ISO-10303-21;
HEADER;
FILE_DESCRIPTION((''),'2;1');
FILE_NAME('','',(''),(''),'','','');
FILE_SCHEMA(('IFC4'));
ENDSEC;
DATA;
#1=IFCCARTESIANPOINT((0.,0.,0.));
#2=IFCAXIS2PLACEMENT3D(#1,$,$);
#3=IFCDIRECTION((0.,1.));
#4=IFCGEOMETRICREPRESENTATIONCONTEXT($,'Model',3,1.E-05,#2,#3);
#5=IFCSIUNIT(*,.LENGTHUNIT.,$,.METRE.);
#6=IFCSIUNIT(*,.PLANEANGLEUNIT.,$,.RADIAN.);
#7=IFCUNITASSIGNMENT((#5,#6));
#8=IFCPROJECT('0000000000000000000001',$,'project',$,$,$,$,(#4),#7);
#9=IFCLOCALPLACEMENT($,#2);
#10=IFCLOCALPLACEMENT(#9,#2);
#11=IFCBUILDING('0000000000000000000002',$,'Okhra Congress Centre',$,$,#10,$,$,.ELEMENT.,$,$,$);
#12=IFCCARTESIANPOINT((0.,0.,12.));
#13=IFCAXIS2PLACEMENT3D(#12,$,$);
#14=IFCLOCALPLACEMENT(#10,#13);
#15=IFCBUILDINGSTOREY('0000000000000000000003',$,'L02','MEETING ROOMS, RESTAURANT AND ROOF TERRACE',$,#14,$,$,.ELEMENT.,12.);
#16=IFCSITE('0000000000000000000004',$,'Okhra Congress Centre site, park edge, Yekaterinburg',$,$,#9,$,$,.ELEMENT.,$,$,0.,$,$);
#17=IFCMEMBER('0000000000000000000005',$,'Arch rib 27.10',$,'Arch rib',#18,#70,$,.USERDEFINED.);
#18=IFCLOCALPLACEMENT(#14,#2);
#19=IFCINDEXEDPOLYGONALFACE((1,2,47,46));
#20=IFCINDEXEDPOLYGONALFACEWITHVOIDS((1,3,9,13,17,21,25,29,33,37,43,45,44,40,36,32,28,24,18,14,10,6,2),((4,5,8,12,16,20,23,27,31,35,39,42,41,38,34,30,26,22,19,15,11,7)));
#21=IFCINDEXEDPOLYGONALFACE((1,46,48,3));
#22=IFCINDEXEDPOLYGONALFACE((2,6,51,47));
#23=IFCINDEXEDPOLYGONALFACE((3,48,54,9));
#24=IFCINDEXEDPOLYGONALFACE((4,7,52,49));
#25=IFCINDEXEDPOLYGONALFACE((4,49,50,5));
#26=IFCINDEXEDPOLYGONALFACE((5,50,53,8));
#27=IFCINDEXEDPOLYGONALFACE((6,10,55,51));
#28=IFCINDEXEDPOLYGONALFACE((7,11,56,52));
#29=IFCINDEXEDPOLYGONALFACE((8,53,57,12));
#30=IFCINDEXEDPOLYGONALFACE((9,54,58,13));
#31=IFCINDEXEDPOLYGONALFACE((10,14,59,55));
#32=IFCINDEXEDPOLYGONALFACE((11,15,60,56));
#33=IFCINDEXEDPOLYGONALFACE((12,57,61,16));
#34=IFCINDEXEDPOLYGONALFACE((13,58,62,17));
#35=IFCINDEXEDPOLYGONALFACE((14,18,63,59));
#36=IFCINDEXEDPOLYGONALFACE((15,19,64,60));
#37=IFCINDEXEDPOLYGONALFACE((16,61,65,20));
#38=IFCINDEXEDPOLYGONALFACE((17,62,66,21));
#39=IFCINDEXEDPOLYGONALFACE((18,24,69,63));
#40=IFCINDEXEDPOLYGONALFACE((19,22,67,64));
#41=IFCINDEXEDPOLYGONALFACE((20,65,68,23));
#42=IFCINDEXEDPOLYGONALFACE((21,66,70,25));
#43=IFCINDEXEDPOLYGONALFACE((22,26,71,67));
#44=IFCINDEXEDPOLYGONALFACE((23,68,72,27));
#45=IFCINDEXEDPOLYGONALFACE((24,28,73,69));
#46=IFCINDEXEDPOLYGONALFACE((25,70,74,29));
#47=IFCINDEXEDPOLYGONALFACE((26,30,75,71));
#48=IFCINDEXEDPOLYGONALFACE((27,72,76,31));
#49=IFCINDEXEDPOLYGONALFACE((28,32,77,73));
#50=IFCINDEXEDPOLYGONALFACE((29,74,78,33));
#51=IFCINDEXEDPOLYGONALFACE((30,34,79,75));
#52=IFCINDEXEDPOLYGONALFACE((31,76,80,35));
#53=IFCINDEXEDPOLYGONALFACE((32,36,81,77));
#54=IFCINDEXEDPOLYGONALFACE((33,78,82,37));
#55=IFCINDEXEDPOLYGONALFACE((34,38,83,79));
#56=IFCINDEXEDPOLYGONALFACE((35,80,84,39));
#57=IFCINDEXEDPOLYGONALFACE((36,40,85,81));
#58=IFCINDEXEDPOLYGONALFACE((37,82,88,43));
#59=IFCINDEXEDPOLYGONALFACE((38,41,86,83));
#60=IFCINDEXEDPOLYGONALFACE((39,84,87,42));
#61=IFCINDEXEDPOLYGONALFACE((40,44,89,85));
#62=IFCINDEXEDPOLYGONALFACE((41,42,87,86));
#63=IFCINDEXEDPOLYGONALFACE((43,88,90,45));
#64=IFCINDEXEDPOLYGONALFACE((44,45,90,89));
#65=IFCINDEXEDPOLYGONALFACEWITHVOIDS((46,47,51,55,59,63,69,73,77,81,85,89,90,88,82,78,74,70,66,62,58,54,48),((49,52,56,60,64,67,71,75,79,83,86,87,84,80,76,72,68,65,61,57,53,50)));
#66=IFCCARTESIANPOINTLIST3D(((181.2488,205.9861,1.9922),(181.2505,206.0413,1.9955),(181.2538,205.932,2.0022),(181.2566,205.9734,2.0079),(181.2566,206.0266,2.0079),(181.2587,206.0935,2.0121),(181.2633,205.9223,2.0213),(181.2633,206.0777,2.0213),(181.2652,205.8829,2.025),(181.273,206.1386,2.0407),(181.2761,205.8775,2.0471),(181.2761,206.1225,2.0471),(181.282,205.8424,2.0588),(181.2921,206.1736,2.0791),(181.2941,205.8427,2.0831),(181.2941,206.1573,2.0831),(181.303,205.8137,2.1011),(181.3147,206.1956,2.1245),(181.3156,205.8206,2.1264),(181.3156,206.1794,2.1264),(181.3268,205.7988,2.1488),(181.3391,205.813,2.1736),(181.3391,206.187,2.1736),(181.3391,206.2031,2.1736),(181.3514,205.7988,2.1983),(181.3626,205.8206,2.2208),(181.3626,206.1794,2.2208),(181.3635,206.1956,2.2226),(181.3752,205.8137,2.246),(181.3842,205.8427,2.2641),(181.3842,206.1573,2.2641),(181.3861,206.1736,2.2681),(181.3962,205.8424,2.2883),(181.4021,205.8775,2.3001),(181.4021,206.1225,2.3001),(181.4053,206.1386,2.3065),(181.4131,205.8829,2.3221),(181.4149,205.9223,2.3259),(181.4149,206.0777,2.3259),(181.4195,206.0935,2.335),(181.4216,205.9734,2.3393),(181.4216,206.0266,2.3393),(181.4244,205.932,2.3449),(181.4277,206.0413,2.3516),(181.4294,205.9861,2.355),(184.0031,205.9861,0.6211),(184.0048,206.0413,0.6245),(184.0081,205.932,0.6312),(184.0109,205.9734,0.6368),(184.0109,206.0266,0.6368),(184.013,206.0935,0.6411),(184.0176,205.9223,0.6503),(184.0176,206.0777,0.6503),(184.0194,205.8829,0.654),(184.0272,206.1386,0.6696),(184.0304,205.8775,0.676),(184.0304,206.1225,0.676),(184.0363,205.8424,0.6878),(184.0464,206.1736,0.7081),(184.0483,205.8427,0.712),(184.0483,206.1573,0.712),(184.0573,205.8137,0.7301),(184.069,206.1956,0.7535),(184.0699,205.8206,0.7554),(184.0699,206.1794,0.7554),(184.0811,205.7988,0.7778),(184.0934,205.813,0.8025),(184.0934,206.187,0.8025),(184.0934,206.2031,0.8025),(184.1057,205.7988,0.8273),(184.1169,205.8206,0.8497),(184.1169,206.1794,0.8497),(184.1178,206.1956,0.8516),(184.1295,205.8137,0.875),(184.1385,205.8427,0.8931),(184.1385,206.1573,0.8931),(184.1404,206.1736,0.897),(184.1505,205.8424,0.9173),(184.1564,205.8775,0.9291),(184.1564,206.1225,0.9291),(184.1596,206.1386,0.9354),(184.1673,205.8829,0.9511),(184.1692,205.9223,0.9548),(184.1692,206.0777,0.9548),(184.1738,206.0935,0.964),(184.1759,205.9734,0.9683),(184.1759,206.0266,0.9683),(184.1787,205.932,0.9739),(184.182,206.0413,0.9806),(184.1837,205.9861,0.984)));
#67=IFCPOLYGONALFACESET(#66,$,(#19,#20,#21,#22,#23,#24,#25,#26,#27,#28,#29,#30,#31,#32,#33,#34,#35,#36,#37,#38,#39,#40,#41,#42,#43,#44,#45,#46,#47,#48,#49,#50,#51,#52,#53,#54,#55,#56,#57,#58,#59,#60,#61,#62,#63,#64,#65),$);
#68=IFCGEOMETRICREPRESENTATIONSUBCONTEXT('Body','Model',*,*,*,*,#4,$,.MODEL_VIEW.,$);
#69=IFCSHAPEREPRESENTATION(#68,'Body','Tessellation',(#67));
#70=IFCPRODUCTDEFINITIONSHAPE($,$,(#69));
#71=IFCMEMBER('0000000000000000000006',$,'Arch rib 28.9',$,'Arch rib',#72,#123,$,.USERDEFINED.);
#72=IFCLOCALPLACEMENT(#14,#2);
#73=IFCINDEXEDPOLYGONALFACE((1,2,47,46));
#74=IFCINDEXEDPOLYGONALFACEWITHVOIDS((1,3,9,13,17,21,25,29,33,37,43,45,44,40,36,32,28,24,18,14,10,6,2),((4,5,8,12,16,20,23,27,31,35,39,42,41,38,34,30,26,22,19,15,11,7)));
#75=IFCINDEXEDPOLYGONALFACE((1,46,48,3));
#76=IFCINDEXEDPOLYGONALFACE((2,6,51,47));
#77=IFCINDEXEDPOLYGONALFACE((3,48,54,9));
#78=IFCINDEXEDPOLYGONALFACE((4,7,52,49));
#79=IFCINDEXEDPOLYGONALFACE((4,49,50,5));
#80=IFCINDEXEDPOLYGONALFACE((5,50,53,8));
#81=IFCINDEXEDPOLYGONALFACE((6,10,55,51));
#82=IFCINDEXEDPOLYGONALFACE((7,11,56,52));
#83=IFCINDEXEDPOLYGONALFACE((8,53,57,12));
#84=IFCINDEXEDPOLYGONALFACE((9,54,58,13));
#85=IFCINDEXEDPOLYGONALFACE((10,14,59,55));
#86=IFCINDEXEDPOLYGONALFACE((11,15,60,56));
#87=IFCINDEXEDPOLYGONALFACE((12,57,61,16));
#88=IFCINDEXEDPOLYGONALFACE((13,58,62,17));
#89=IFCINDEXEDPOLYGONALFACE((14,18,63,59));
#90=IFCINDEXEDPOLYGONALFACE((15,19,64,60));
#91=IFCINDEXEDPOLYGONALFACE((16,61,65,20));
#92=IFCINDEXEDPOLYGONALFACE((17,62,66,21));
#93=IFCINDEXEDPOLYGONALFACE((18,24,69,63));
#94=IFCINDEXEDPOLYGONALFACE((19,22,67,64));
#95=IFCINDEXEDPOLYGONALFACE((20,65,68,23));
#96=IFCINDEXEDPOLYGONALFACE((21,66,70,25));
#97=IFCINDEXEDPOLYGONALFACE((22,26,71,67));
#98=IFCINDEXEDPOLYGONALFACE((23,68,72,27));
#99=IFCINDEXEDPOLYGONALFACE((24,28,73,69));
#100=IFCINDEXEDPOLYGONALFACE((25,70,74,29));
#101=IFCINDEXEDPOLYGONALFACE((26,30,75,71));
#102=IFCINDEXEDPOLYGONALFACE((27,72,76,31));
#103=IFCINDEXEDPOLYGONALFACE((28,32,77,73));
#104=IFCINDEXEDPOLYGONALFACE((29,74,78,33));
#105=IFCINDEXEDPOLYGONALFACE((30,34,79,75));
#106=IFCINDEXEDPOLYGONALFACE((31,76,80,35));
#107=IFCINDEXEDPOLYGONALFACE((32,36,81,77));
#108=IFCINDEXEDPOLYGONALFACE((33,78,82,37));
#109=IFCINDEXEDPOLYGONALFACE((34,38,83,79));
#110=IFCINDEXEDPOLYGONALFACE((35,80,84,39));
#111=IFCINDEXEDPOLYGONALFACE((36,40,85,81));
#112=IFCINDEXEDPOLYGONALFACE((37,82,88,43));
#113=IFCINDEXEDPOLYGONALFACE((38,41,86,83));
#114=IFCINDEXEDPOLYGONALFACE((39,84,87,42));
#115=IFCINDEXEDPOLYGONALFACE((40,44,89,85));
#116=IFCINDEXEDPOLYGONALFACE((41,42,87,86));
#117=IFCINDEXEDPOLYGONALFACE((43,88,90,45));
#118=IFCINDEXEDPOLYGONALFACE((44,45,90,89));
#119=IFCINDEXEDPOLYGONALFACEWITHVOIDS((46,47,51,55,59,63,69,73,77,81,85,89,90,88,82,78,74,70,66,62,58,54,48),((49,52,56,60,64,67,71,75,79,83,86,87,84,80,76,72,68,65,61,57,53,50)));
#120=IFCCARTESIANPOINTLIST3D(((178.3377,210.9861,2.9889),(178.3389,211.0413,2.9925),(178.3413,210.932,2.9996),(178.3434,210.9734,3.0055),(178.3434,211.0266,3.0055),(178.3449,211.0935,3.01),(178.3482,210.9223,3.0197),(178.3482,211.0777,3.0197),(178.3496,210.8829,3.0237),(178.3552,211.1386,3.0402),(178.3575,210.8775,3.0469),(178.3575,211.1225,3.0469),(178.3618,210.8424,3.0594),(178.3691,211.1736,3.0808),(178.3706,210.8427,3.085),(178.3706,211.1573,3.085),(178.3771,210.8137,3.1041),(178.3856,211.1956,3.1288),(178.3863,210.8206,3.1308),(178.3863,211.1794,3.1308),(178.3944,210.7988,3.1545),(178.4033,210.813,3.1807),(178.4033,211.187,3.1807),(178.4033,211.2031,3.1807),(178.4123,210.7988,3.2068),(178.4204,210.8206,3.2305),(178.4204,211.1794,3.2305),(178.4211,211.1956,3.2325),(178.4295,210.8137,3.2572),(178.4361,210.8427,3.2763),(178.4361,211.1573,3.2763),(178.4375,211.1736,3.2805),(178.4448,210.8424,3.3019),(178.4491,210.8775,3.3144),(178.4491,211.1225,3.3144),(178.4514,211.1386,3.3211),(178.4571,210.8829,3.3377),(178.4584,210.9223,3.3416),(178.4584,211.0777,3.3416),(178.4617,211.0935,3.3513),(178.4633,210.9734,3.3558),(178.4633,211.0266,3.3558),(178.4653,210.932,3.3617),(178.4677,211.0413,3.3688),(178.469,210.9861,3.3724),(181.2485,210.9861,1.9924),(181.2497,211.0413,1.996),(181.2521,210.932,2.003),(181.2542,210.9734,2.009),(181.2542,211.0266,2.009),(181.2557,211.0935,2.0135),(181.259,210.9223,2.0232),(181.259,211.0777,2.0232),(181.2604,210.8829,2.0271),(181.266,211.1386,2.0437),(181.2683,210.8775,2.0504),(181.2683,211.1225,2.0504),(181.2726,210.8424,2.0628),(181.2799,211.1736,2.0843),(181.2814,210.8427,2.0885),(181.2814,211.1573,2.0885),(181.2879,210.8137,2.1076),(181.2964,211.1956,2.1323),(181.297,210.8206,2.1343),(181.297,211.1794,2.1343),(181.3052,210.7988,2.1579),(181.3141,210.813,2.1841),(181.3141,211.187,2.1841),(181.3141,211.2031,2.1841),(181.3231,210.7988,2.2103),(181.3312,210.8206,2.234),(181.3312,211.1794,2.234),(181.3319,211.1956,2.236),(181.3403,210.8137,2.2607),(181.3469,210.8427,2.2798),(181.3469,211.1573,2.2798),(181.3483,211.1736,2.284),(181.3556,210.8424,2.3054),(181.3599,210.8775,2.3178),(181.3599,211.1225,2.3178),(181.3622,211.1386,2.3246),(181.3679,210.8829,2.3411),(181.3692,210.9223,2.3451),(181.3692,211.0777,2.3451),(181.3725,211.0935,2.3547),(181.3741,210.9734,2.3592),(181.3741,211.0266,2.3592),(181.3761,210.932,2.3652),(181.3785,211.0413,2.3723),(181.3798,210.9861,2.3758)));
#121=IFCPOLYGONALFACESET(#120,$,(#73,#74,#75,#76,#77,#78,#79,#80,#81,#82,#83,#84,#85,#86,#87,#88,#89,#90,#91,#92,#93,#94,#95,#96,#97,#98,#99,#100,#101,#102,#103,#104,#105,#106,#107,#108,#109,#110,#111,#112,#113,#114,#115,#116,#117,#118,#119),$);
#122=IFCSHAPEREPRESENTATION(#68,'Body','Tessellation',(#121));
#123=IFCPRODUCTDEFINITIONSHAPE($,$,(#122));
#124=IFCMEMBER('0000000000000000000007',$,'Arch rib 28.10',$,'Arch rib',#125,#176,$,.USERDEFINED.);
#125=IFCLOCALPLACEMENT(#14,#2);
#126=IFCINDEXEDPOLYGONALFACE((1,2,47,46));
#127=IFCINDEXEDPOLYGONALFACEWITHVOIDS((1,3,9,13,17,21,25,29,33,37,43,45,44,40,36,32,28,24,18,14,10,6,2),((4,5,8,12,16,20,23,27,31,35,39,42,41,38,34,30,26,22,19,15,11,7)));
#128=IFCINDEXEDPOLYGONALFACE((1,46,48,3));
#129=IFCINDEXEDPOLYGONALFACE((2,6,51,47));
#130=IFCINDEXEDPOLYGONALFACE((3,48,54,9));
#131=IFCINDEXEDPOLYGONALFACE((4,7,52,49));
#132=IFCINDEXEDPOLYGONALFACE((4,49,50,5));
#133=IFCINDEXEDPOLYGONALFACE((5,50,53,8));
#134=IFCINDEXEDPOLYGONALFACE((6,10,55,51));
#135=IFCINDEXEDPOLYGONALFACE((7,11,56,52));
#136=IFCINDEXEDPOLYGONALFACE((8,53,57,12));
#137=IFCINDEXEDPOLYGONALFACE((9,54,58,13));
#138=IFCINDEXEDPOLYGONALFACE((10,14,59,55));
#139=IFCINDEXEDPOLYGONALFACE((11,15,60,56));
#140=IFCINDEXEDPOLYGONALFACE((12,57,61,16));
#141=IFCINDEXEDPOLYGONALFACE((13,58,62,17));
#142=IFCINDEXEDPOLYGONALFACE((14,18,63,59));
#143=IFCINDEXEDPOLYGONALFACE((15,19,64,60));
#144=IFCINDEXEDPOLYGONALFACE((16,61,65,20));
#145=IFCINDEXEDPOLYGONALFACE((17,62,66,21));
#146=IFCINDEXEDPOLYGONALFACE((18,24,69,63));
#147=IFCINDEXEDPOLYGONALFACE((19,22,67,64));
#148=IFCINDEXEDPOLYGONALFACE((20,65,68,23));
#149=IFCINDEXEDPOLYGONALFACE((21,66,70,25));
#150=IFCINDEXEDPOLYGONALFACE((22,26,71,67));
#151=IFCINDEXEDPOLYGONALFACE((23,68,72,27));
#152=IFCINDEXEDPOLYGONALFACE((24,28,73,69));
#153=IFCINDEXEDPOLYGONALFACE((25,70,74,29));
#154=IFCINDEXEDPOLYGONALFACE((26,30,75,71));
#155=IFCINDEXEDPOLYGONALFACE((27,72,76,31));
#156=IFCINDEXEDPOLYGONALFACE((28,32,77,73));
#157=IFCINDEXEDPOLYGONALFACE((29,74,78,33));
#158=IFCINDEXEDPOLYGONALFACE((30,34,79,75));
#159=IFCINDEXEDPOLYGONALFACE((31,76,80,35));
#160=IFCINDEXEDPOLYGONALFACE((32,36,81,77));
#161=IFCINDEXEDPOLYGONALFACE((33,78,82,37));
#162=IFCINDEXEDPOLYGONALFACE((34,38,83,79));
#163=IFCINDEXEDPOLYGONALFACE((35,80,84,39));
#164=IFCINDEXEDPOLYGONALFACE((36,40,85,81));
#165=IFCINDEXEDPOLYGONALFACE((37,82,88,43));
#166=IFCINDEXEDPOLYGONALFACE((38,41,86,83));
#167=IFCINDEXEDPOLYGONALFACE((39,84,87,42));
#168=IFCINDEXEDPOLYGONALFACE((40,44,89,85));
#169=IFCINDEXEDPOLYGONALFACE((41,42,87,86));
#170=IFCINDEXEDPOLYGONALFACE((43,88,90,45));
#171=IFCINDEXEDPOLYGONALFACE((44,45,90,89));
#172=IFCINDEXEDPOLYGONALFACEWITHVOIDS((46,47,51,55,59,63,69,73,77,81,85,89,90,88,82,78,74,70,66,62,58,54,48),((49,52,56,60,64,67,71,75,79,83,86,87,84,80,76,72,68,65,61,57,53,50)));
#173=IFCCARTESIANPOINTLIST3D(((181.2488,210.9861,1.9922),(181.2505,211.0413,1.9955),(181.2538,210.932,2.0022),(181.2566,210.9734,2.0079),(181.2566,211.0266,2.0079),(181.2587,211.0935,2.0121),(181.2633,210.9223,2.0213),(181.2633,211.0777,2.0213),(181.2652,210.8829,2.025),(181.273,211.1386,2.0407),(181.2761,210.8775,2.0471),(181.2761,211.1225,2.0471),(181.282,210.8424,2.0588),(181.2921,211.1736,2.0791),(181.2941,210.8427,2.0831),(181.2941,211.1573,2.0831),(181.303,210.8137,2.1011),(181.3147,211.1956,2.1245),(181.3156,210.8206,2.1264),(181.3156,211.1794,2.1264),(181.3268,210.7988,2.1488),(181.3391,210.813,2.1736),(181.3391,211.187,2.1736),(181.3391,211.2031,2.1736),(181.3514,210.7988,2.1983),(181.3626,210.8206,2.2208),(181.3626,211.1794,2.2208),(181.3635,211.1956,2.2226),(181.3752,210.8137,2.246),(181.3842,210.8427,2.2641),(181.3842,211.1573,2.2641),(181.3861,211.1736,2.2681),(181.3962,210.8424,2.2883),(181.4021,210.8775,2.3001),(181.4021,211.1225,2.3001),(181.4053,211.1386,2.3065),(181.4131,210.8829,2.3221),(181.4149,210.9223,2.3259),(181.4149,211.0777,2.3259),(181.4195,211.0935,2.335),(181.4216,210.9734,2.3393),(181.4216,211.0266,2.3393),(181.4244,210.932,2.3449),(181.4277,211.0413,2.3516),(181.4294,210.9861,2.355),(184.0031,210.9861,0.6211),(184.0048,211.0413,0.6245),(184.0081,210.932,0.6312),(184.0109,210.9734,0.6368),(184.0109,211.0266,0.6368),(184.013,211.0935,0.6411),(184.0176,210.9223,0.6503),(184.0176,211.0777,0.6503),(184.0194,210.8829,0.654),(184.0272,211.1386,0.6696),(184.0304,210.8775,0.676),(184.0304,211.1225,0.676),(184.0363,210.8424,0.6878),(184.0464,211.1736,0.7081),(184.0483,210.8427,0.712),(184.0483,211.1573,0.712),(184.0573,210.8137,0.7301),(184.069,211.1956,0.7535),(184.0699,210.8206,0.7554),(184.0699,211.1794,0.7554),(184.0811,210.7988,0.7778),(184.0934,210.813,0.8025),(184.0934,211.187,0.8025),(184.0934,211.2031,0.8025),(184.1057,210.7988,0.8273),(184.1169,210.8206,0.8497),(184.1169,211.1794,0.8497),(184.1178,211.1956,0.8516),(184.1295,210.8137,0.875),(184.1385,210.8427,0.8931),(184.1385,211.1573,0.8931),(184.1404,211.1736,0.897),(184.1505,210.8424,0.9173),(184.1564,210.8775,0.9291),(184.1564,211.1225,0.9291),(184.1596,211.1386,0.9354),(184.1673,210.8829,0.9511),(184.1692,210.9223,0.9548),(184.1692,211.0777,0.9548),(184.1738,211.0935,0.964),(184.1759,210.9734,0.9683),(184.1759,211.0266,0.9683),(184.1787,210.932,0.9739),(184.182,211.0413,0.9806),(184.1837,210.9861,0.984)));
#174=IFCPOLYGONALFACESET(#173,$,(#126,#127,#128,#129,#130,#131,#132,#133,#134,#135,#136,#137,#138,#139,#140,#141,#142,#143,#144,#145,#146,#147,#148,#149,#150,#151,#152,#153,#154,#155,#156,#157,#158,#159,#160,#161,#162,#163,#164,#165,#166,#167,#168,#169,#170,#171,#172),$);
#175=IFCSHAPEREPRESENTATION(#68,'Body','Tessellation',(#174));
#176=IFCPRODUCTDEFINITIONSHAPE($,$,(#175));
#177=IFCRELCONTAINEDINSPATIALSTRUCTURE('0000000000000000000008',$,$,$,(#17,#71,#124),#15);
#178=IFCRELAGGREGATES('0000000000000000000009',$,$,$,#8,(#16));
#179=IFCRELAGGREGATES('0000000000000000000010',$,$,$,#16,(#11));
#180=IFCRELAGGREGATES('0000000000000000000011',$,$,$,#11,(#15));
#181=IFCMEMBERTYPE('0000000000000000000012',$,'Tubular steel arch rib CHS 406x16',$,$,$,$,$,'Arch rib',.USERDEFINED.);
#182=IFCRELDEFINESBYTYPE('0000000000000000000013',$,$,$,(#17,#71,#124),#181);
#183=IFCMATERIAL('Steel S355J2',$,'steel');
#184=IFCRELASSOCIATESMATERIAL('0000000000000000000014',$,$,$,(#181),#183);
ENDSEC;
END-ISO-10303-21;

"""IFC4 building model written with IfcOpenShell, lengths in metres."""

from ifc_helpers import new_model, si_unit, direction, frame, origin, origin_2d, place, context, subcontext, project, spatial, hollow_circle, extrude, material, material_profile, profile_set, type_object, element, save


model = new_model("IFC4")

# Units and contexts
model_context = context("Model", 3, precision=1e-05, world=origin(), true_north=direction((0.0, 1.0)))
body_context = subcontext(model_context, "Body", "Model", "MODEL_VIEW")
ifc_project = project(units=[si_unit("LENGTHUNIT", "METRE"), si_unit("PLANEANGLEUNIT", "RADIAN")], contexts=[model_context])

# Site, building, storey
site_placement = place(None, origin())
site = spatial("IfcSite", under=ifc_project, at=site_placement, Name="Okhra Congress Centre site, park edge, Yekaterinburg", CompositionType="ELEMENT", RefElevation=0.0)
building_placement = place(site_placement, origin())
building = spatial("IfcBuilding", under=site, at=building_placement, Name="Okhra Congress Centre", CompositionType="ELEMENT")
storey_placement = place(building_placement, frame((0.0, 0.0, 12.0)))
storey = spatial("IfcBuildingStorey", under=building, at=storey_placement, Name="L02", Description="MEETING ROOMS, RESTAURANT AND ROOF TERRACE", CompositionType="ELEMENT", Elevation=12.0)

# Members
ifc_material_1 = material(Name="Steel S355J2", Category="steel")
ifc_material_profile_1 = material_profile(ifc_material_1, hollow_circle(Radius=0.2031, WallThickness=0.0161, at=origin_2d()), Name="CHS 406.4x16")
ifc_profile_set_1 = profile_set([ifc_material_profile_1], Name="Steel S355J2")
member_type_1 = type_object("IfcMemberType", Name="Tubular steel arch rib CHS 406x16", ElementType="Arch rib", PredefinedType="USERDEFINED", material=ifc_profile_set_1)
for number, where, z_axis, x_axis, name in (
    (1, (181.3391, 206.0, 2.1736), (0.895219, 0.0, -0.445626), (0.0, 1.0, 0.0), "Arch rib 27.10"),
    (2, (178.4033, 211.0, 3.1807), (0.946089, 0.0, -0.323906), (0.0, 1.0, 0.0), "Arch rib 28.9"),
    (3, (181.3391, 211.0, 2.1736), (0.895219, 0.0, -0.445626), (0.0, 1.0, 0.0), "Arch rib 28.10"),
):
    element("IfcMember", number, at=place(storey_placement, frame(where, z_axis=z_axis, x_axis=x_axis)), inside=storey, type_object=member_type_1, Name=name, ObjectType="Arch rib", PredefinedType="USERDEFINED", context=body_context, shape_type="SweptSolid", body=[
        extrude(hollow_circle(Radius=0.2031, WallThickness=0.0161, at=origin_2d()), origin(), (0.0, 0.0, 1.0), 3.0767),
    ])

save(model, "model.ifc")
